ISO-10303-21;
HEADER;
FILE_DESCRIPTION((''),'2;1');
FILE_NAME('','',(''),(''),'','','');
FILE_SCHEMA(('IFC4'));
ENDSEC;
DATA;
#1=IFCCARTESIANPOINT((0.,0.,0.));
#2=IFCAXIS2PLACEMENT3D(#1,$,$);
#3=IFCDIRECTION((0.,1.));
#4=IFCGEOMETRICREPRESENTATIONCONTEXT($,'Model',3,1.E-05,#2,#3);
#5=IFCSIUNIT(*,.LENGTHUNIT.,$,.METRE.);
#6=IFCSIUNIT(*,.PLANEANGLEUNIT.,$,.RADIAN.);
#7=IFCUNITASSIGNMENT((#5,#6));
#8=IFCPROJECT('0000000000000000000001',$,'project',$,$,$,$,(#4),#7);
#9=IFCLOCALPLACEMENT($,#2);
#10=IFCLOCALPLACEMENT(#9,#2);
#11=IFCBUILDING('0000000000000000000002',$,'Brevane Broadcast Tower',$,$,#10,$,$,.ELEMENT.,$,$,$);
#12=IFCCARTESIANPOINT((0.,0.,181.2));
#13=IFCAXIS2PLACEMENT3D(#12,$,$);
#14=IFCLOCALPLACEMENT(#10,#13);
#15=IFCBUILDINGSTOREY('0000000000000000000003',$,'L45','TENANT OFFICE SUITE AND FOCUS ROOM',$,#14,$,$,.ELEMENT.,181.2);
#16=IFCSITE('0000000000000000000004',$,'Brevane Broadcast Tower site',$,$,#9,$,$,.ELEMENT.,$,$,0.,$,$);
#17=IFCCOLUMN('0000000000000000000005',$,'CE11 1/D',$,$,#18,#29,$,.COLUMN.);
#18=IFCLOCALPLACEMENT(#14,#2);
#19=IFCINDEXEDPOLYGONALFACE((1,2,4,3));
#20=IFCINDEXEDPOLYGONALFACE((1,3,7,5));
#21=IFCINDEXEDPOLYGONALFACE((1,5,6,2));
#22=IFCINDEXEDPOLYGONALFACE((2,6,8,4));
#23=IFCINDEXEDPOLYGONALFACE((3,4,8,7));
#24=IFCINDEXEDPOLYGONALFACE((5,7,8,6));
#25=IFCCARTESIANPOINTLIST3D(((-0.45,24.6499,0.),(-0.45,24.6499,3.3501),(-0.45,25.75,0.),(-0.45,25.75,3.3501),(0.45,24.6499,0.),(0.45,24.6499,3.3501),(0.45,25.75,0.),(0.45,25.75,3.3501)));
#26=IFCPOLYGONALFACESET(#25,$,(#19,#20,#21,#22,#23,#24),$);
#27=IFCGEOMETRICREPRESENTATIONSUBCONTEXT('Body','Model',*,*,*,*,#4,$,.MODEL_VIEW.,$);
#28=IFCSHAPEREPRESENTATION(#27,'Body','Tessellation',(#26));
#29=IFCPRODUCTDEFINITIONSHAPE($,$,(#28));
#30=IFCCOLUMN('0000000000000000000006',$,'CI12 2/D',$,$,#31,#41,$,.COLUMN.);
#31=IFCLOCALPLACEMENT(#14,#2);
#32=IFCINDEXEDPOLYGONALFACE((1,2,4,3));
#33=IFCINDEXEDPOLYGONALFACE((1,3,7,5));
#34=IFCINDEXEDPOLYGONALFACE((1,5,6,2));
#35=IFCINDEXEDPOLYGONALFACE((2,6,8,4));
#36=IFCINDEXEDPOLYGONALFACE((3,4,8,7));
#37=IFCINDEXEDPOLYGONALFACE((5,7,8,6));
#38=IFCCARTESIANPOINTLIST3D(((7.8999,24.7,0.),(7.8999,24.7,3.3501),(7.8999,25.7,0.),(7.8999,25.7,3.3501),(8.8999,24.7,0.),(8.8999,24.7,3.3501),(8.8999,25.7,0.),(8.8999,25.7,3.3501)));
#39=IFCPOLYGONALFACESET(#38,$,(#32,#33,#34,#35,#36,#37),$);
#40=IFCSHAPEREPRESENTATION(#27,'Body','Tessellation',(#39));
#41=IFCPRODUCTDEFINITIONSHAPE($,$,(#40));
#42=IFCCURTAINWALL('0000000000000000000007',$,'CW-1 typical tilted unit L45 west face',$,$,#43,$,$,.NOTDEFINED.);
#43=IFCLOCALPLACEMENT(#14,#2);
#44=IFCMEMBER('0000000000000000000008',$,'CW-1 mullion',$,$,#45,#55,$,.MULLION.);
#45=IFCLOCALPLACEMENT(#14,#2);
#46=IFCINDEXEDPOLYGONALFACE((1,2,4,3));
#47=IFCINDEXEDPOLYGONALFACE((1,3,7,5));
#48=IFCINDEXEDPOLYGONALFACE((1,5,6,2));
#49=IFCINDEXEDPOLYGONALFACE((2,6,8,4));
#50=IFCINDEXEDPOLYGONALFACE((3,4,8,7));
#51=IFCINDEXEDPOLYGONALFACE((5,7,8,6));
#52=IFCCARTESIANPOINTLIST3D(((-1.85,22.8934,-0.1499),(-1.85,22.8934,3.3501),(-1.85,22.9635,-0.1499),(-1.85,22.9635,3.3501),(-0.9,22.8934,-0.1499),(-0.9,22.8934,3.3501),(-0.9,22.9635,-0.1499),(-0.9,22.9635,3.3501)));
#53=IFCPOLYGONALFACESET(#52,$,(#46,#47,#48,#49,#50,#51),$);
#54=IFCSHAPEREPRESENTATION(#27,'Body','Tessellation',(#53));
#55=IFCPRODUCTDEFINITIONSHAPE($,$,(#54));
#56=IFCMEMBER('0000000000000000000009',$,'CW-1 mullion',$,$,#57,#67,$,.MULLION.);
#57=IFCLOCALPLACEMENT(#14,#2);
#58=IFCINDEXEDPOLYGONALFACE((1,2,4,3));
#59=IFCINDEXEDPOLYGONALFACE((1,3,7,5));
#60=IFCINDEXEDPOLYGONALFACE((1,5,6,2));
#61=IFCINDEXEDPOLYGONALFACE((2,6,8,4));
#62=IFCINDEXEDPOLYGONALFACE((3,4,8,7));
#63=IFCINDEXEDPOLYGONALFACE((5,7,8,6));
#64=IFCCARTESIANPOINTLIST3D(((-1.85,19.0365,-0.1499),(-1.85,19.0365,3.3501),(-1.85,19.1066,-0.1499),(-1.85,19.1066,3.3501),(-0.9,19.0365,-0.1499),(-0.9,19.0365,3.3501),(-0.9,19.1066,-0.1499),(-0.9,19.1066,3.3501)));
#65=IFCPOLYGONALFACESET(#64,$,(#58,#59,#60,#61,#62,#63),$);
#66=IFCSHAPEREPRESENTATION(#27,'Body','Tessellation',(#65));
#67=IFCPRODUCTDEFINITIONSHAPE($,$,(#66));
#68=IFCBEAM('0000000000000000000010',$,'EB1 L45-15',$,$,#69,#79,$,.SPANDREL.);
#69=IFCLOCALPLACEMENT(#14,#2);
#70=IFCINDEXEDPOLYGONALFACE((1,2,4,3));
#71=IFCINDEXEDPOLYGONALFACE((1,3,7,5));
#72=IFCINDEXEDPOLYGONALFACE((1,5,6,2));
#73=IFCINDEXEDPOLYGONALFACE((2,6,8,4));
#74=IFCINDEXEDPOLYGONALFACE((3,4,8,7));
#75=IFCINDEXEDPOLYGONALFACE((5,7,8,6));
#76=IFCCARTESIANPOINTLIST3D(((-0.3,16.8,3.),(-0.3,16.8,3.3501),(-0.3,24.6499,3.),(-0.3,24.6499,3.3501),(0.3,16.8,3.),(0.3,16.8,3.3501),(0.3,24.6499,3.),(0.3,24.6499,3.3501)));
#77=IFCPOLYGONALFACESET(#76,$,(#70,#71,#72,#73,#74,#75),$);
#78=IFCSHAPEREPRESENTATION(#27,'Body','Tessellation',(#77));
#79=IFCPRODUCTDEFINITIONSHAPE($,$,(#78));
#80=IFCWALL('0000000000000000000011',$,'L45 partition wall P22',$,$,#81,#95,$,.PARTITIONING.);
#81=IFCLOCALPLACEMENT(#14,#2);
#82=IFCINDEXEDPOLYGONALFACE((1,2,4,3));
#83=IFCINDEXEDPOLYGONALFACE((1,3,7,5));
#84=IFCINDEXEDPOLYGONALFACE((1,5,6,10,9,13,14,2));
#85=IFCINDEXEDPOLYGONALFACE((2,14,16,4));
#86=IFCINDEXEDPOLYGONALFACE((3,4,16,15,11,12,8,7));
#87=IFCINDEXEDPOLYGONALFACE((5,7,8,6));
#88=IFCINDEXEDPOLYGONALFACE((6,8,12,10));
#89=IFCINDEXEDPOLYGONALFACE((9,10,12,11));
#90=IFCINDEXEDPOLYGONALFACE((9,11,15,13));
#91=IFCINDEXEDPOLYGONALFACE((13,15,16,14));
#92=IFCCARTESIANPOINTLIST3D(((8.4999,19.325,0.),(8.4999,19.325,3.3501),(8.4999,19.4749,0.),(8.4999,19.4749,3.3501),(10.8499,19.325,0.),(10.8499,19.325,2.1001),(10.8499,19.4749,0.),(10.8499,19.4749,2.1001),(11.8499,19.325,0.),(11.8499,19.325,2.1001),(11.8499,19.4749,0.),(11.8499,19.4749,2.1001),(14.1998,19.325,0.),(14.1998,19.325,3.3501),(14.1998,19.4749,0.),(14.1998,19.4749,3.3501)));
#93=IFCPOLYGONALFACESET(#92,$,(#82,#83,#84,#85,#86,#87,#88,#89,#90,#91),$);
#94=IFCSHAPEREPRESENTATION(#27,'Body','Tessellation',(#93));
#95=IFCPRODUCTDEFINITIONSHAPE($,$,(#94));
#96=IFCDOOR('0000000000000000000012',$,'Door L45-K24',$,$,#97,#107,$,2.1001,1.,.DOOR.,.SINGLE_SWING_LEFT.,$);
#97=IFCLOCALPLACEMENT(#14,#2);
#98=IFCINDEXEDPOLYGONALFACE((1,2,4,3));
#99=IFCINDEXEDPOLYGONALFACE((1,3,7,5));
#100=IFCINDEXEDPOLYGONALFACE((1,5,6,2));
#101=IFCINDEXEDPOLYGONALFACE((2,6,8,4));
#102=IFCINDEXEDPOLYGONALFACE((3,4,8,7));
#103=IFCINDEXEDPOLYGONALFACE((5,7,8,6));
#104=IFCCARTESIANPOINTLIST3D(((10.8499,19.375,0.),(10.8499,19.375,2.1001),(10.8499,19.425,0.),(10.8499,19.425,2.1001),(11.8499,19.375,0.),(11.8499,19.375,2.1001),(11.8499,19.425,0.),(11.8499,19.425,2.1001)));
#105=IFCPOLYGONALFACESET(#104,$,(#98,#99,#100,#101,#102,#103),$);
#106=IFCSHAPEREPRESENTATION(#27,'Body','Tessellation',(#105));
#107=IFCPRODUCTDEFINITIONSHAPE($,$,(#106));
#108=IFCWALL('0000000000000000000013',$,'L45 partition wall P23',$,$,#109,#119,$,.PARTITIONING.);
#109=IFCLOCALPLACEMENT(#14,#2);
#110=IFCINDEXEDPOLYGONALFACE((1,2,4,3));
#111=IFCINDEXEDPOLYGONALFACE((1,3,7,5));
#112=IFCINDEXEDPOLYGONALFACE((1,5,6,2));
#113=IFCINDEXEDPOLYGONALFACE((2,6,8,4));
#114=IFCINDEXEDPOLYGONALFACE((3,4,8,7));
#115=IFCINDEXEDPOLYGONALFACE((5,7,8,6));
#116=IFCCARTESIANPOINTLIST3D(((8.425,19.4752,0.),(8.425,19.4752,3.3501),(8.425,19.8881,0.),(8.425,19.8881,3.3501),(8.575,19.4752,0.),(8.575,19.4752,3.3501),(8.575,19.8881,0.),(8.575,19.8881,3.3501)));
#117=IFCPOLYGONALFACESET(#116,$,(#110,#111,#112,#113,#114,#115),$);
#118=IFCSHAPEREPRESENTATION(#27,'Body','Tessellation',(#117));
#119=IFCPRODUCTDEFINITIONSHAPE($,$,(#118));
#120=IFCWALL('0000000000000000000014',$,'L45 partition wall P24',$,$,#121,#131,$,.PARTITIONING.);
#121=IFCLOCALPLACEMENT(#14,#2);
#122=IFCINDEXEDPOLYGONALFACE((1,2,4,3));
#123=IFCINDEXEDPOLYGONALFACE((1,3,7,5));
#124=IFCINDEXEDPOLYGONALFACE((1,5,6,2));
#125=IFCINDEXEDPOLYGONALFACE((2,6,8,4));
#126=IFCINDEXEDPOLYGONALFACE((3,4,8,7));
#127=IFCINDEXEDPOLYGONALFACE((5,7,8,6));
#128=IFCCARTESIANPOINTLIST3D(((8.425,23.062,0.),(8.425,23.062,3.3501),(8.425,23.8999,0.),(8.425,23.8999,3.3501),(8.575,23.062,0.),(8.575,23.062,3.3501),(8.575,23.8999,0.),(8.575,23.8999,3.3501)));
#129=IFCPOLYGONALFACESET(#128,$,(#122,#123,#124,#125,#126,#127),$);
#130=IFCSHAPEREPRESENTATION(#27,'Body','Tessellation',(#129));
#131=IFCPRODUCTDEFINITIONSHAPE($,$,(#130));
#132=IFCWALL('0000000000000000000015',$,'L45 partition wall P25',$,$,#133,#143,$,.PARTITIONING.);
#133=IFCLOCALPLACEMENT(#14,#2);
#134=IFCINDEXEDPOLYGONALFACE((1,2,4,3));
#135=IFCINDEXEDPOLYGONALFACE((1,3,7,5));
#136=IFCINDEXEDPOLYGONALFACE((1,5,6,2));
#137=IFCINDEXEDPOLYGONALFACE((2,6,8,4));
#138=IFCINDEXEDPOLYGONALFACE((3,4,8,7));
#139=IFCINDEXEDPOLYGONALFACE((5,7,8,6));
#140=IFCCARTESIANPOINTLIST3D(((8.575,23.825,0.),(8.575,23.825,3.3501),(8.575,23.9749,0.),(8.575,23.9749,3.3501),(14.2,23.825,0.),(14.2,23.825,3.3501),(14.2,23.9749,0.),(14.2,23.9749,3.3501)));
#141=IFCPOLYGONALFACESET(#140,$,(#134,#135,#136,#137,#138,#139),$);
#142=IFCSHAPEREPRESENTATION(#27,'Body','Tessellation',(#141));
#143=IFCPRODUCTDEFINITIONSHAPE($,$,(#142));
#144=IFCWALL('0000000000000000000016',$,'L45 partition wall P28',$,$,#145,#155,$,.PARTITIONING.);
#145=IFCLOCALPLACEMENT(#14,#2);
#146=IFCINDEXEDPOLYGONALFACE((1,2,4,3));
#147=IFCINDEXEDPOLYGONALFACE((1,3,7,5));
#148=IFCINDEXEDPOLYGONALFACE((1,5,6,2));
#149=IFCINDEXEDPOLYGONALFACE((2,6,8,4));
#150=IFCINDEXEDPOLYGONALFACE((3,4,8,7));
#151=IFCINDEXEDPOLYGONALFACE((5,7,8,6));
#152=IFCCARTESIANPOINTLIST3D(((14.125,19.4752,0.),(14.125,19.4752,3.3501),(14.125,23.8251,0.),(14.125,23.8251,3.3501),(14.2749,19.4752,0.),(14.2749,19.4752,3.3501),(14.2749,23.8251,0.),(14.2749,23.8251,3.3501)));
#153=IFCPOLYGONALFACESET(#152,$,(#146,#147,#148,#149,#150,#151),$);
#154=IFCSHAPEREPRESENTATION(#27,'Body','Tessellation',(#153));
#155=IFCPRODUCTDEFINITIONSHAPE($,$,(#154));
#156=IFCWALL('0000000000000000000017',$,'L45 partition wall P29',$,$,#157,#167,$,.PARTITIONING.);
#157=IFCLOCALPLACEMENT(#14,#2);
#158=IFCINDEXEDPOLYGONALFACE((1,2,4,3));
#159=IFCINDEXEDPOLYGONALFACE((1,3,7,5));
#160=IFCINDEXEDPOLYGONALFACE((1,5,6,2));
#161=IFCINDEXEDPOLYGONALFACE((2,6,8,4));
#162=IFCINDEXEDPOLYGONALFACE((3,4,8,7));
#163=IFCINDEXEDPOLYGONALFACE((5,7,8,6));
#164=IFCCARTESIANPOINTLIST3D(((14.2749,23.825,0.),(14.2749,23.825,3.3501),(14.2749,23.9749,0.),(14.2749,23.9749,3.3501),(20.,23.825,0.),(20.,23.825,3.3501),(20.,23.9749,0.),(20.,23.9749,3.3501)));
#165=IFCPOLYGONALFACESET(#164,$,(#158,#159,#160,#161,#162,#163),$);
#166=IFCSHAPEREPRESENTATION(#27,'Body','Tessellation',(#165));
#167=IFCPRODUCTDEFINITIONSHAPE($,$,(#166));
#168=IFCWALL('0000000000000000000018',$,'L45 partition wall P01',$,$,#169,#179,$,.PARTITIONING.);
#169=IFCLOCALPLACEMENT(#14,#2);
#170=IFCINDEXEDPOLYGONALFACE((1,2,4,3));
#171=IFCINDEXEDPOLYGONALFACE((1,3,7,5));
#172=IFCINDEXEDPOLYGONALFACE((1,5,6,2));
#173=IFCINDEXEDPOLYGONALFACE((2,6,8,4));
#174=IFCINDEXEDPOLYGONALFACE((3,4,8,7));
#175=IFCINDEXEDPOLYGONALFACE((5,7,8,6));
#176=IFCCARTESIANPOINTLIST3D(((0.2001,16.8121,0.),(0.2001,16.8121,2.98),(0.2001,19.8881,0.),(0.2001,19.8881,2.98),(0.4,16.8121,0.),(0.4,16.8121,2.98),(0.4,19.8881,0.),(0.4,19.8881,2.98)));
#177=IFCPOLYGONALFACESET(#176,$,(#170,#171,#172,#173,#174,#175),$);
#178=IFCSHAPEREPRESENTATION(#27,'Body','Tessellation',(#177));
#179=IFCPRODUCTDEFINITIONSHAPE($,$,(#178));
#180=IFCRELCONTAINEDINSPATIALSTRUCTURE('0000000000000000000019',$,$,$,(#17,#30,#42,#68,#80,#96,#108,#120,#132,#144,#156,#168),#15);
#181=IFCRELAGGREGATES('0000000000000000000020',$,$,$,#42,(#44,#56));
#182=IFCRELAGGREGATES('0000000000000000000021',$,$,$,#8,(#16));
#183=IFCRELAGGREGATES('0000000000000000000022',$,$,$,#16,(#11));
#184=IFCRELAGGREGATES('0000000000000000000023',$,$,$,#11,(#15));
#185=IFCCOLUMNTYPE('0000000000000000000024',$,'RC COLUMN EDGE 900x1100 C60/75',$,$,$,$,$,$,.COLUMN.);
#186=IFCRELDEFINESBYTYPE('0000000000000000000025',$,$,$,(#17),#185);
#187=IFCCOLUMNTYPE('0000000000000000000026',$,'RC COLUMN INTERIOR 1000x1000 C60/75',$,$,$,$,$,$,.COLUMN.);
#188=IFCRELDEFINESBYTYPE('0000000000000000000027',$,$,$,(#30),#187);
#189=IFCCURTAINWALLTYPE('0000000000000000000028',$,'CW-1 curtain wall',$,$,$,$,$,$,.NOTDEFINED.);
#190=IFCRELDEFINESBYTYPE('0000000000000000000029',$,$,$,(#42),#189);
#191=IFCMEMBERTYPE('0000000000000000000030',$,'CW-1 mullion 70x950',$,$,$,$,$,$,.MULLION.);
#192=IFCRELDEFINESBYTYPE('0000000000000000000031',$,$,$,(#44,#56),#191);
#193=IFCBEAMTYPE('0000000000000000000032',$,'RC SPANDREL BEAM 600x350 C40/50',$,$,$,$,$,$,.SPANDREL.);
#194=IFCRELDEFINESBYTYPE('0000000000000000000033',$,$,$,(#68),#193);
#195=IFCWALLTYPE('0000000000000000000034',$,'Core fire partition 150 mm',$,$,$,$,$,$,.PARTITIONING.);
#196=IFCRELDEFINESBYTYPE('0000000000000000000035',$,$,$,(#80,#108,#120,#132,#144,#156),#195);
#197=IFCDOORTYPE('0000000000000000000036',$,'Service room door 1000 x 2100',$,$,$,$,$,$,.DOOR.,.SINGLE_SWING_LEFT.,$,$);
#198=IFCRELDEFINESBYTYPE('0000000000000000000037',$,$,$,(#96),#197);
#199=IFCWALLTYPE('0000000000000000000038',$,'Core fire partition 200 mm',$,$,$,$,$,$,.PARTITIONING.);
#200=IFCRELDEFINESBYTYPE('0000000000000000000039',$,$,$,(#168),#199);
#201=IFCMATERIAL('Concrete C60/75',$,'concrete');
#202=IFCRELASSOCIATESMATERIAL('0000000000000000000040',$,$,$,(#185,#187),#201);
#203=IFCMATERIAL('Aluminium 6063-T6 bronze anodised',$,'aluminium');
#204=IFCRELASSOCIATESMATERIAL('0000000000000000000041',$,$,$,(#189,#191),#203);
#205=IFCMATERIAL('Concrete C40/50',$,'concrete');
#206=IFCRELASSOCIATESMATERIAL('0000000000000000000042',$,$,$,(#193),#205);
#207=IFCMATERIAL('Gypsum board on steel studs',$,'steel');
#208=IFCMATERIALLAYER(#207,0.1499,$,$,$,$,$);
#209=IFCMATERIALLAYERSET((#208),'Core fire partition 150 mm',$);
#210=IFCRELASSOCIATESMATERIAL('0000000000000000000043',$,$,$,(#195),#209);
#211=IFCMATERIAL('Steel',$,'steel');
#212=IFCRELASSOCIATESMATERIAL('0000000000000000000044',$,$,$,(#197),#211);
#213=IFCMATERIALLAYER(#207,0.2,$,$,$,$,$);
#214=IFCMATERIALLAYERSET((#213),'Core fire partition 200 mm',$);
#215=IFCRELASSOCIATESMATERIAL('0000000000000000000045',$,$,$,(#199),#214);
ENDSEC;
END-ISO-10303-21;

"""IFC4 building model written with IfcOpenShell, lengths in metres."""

from ifc_helpers import new_model, si_unit, direction, frame, frame_2d, origin, origin_2d, place, context, subcontext, project, spatial, rectangle, extrude, material, layer, layer_set, material_profile, profile_set, type_object, element, fill, aggregate, save


model = new_model("IFC4")

# Units and contexts
model_context = context("Model", 3, precision=1e-05, world=origin(), true_north=direction((0.0, 1.0)))
body_context = subcontext(model_context, "Body", "Model", "MODEL_VIEW")
ifc_project = project(units=[si_unit("LENGTHUNIT", "METRE"), si_unit("PLANEANGLEUNIT", "RADIAN")], contexts=[model_context])

# Site, building, storey
site_placement = place(None, origin())
site = spatial("IfcSite", under=ifc_project, at=site_placement, Name="Brevane Broadcast Tower site", CompositionType="ELEMENT", RefElevation=0.0)
building_placement = place(site_placement, origin())
building = spatial("IfcBuilding", under=site, at=building_placement, Name="Brevane Broadcast Tower", CompositionType="ELEMENT")
storey_placement = place(building_placement, frame((0.0, 0.0, 181.2)))
storey = spatial("IfcBuildingStorey", under=building, at=storey_placement, Name="L45", Description="TENANT OFFICE SUITE AND FOCUS ROOM", CompositionType="ELEMENT", Elevation=181.2)

# Columns
ifc_material_1 = material(Name="Concrete C60/75", Category="concrete")
ifc_material_profile_1 = material_profile(ifc_material_1, rectangle(XDim=0.8999, YDim=1.1001, at=origin_2d()), Name="RC 900x1100")
ifc_profile_set_1 = profile_set([ifc_material_profile_1], Name="Concrete C60/75")
column_type_1 = type_object("IfcColumnType", Name="RC COLUMN EDGE 900x1100 C60/75", PredefinedType="COLUMN", material=ifc_profile_set_1)
column_1_placement = place(storey_placement, frame((0.0, 25.2, 0.0), z_axis=(0.0, 0.0, 1.0), x_axis=(1.0, 0.0, 0.0)))
element("IfcColumn", 1, at=column_1_placement, inside=storey, type_object=column_type_1, Name="CE11 1/D", PredefinedType="COLUMN", context=body_context, shape_type="SweptSolid", body=[
    extrude(rectangle(XDim=0.8999, YDim=1.1001, at=origin_2d()), origin(), (0.0, 0.0, 1.0), 3.3501),
])
ifc_material_profile_2 = material_profile(ifc_material_1, rectangle(XDim=1.0, YDim=1.0, at=origin_2d()), Name="RC 1000x1000")
ifc_profile_set_2 = profile_set([ifc_material_profile_2], Name="Concrete C60/75")
column_type_2 = type_object("IfcColumnType", Name="RC COLUMN INTERIOR 1000x1000 C60/75", PredefinedType="COLUMN", material=ifc_profile_set_2)
column_2_placement = place(storey_placement, frame((8.3999, 25.2, 0.0), z_axis=(0.0, 0.0, 1.0), x_axis=(1.0, 0.0, 0.0)))
element("IfcColumn", 2, at=column_2_placement, inside=storey, type_object=column_type_2, Name="CI12 2/D", PredefinedType="COLUMN", context=body_context, shape_type="SweptSolid", body=[
    extrude(rectangle(XDim=1.0, YDim=1.0, at=origin_2d()), origin(), (0.0, 0.0, 1.0), 3.3501),
])

# Curtain wall, members
ifc_material_2 = material(Name="Aluminium 6063-T6 bronze anodised", Category="aluminium")
curtain_wall_type = type_object("IfcCurtainWallType", Name="CW-1 curtain wall", PredefinedType="NOTDEFINED", material=ifc_material_2)
curtain_wall_placement = place(storey_placement, origin())
curtain_wall = element("IfcCurtainWall", 3, at=curtain_wall_placement, inside=storey, type_object=curtain_wall_type, Name="CW-1 typical tilted unit L45 west face", PredefinedType="NOTDEFINED")
ifc_material_profile_3 = material_profile(ifc_material_2, rectangle(XDim=0.95, YDim=0.0701, at=origin_2d()), Name="RECT 70x950")
ifc_profile_set_3 = profile_set([ifc_material_profile_3], Name="Aluminium 6063-T6 bronze anodised")
member_type = type_object("IfcMemberType", Name="CW-1 mullion 70x950", PredefinedType="MULLION", material=ifc_profile_set_3)
member_1_placement = place(storey_placement, frame((-1.375, 22.9285, -0.1499), z_axis=(0.0, 0.0, 1.0), x_axis=(1.0, 0.0, 0.0)))
member_1 = element("IfcMember", 4, at=member_1_placement, type_object=member_type, Name="CW-1 mullion", PredefinedType="MULLION", context=body_context, shape_type="SweptSolid", body=[
    extrude(rectangle(XDim=0.95, YDim=0.0701, at=origin_2d()), origin(), (0.0, 0.0, 1.0), 3.5),
])
member_2_placement = place(storey_placement, frame((-1.375, 19.0715, -0.1499), z_axis=(0.0, 0.0, 1.0), x_axis=(1.0, 0.0, 0.0)))
member_2 = element("IfcMember", 5, at=member_2_placement, type_object=member_type, Name="CW-1 mullion", PredefinedType="MULLION", context=body_context, shape_type="SweptSolid", body=[
    extrude(rectangle(XDim=0.95, YDim=0.0701, at=origin_2d()), origin(), (0.0, 0.0, 1.0), 3.5),
])
aggregate(curtain_wall, [member_1, member_2])

# Beam
ifc_material_3 = material(Name="Concrete C40/50", Category="concrete")
ifc_material_profile_4 = material_profile(ifc_material_3, rectangle(XDim=0.6001, YDim=0.3501, at=origin_2d()), Name="RC 600x350")
ifc_profile_set_4 = profile_set([ifc_material_profile_4], Name="Concrete C40/50")
beam_type = type_object("IfcBeamType", Name="RC SPANDREL BEAM 600x350 C40/50", PredefinedType="SPANDREL", material=ifc_profile_set_4)
beam_placement = place(storey_placement, frame((0.0, 24.6499, 3.175), z_axis=(0.0, -1.0, 0.0), x_axis=(1.0, 0.0, 0.0)))
element("IfcBeam", 6, at=beam_placement, inside=storey, type_object=beam_type, Name="EB1 L45-15", PredefinedType="SPANDREL", context=body_context, shape_type="SweptSolid", body=[
    extrude(rectangle(XDim=0.6001, YDim=0.3501, at=origin_2d()), origin(), (0.0, 0.0, 1.0), 7.8499),
])

# Wall, opening, door
ifc_material_4 = material(Name="Gypsum board on steel studs", Category="steel")
ifc_layer_1 = layer(ifc_material_4, 0.1499)
ifc_layer_set_1 = layer_set([ifc_layer_1], Name="Core fire partition 150 mm")
wall_type_1 = type_object("IfcWallType", Name="Core fire partition 150 mm", PredefinedType="PARTITIONING", material=ifc_layer_set_1)
wall_1_placement = place(storey_placement, frame((14.2, 19.3999, 0.0), z_axis=(0.0, 0.0, 1.0), x_axis=(-1.0, 0.0, 0.0)))
wall_1 = element("IfcWall", 7, at=wall_1_placement, inside=storey, type_object=wall_type_1, Name="L45 partition wall P22", PredefinedType="PARTITIONING", context=body_context, shape_type="SweptSolid", body=[
    extrude(rectangle(XDim=5.7, YDim=0.1499, at=frame_2d((2.8501, 0.0))), origin(), (0.0, 0.0, 1.0), 3.3501),
])
opening_1_placement = place(wall_1_placement, frame((2.3501, 0.0, 0.0)))
opening_1 = element("IfcOpeningElement", 8, at=opening_1_placement, cuts=wall_1, PredefinedType="OPENING", context=body_context, shape_type="SweptSolid", body=[
    extrude(rectangle(XDim=1.0, YDim=2.1001, at=frame_2d((0.5, 1.05))), frame((0.0, 0.085, 0.0), z_axis=(0.0, -1.0, 0.0), x_axis=(1.0, 0.0, 0.0)), (0.0, 0.0, 1.0), 0.1699),
])
ifc_material_5 = material(Name="Steel", Category="steel")
door_type_1 = type_object("IfcDoorType", Name="Service room door 1000 x 2100", OperationType="SINGLE_SWING_LEFT", PredefinedType="DOOR", material=ifc_material_5)
door_1_placement = place(opening_1_placement, origin())
door_1 = element("IfcDoor", 9, at=door_1_placement, inside=storey, type_object=door_type_1, Name="Door L45-K24", OperationType="SINGLE_SWING_LEFT", OverallHeight=2.1001, OverallWidth=1.0, PredefinedType="DOOR", context=body_context, shape_type="SweptSolid", body=[
    extrude(rectangle(XDim=1.0, YDim=2.1001, at=frame_2d((0.5, 1.05))), frame((0.0, 0.0249, 0.0), z_axis=(0.0, -1.0, 0.0), x_axis=(1.0, 0.0, 0.0)), (0.0, 0.0, 1.0), 0.05),
])
fill(opening_1, door_1)

# Walls
wall_2_placement = place(storey_placement, frame((8.5, 19.4751, 0.0), z_axis=(0.0, 0.0, 1.0), x_axis=(0.0, 1.0, 0.0)))
element("IfcWall", 10, at=wall_2_placement, inside=storey, type_object=wall_type_1, Name="L45 partition wall P23", PredefinedType="PARTITIONING", context=body_context, shape_type="SweptSolid", body=[
    extrude(rectangle(XDim=0.4128, YDim=0.1499, at=frame_2d((0.2065, 0.0))), origin(), (0.0, 0.0, 1.0), 3.3501),
])
wall_3_placement = place(storey_placement, frame((8.5, 23.062, 0.0), z_axis=(0.0, 0.0, 1.0), x_axis=(0.0, 1.0, 0.0)))
element("IfcWall", 11, at=wall_3_placement, inside=storey, type_object=wall_type_1, Name="L45 partition wall P24", PredefinedType="PARTITIONING", context=body_context, shape_type="SweptSolid", body=[
    extrude(rectangle(XDim=0.8379, YDim=0.1499, at=frame_2d((0.4189, 0.0))), origin(), (0.0, 0.0, 1.0), 3.3501),
])
wall_4_placement = place(storey_placement, frame((8.575, 23.8999, 0.0), z_axis=(0.0, 0.0, 1.0), x_axis=(1.0, 0.0, 0.0)))
element("IfcWall", 12, at=wall_4_placement, inside=storey, type_object=wall_type_1, Name="L45 partition wall P25", PredefinedType="PARTITIONING", context=body_context, shape_type="SweptSolid", body=[
    extrude(rectangle(XDim=5.625, YDim=0.1499, at=frame_2d((2.8125, 0.0))), origin(), (0.0, 0.0, 1.0), 3.3501),
])
wall_5_placement = place(storey_placement, frame((14.2, 23.825, 0.0), z_axis=(0.0, 0.0, 1.0), x_axis=(0.0, -1.0, 0.0)))
element("IfcWall", 13, at=wall_5_placement, inside=storey, type_object=wall_type_1, Name="L45 partition wall P28", PredefinedType="PARTITIONING", context=body_context, shape_type="SweptSolid", body=[
    extrude(rectangle(XDim=4.3499, YDim=0.1499, at=frame_2d((2.1748, 0.0))), origin(), (0.0, 0.0, 1.0), 3.3501),
])
wall_6_placement = place(storey_placement, frame((14.2749, 23.8999, 0.0), z_axis=(0.0, 0.0, 1.0), x_axis=(1.0, 0.0, 0.0)))
element("IfcWall", 14, at=wall_6_placement, inside=storey, type_object=wall_type_1, Name="L45 partition wall P29", PredefinedType="PARTITIONING", context=body_context, shape_type="SweptSolid", body=[
    extrude(rectangle(XDim=5.7251, YDim=0.1499, at=frame_2d((2.8625, 0.0))), origin(), (0.0, 0.0, 1.0), 3.3501),
])
ifc_layer_2 = layer(ifc_material_4, 0.2)
ifc_layer_set_2 = layer_set([ifc_layer_2], Name="Core fire partition 200 mm")
wall_type_2 = type_object("IfcWallType", Name="Core fire partition 200 mm", PredefinedType="PARTITIONING", material=ifc_layer_set_2)
wall_7_placement = place(storey_placement, frame((0.3, 16.812, 0.0), z_axis=(0.0, 0.0, 1.0), x_axis=(0.0, 1.0, 0.0)))
element("IfcWall", 15, at=wall_7_placement, inside=storey, type_object=wall_type_2, Name="L45 partition wall P01", PredefinedType="PARTITIONING", context=body_context, shape_type="SweptSolid", body=[
    extrude(rectangle(XDim=3.0759, YDim=0.2, at=frame_2d((1.5381, 0.0))), origin(), (0.0, 0.0, 1.0), 2.98),
])

save(model, "model.ifc")
